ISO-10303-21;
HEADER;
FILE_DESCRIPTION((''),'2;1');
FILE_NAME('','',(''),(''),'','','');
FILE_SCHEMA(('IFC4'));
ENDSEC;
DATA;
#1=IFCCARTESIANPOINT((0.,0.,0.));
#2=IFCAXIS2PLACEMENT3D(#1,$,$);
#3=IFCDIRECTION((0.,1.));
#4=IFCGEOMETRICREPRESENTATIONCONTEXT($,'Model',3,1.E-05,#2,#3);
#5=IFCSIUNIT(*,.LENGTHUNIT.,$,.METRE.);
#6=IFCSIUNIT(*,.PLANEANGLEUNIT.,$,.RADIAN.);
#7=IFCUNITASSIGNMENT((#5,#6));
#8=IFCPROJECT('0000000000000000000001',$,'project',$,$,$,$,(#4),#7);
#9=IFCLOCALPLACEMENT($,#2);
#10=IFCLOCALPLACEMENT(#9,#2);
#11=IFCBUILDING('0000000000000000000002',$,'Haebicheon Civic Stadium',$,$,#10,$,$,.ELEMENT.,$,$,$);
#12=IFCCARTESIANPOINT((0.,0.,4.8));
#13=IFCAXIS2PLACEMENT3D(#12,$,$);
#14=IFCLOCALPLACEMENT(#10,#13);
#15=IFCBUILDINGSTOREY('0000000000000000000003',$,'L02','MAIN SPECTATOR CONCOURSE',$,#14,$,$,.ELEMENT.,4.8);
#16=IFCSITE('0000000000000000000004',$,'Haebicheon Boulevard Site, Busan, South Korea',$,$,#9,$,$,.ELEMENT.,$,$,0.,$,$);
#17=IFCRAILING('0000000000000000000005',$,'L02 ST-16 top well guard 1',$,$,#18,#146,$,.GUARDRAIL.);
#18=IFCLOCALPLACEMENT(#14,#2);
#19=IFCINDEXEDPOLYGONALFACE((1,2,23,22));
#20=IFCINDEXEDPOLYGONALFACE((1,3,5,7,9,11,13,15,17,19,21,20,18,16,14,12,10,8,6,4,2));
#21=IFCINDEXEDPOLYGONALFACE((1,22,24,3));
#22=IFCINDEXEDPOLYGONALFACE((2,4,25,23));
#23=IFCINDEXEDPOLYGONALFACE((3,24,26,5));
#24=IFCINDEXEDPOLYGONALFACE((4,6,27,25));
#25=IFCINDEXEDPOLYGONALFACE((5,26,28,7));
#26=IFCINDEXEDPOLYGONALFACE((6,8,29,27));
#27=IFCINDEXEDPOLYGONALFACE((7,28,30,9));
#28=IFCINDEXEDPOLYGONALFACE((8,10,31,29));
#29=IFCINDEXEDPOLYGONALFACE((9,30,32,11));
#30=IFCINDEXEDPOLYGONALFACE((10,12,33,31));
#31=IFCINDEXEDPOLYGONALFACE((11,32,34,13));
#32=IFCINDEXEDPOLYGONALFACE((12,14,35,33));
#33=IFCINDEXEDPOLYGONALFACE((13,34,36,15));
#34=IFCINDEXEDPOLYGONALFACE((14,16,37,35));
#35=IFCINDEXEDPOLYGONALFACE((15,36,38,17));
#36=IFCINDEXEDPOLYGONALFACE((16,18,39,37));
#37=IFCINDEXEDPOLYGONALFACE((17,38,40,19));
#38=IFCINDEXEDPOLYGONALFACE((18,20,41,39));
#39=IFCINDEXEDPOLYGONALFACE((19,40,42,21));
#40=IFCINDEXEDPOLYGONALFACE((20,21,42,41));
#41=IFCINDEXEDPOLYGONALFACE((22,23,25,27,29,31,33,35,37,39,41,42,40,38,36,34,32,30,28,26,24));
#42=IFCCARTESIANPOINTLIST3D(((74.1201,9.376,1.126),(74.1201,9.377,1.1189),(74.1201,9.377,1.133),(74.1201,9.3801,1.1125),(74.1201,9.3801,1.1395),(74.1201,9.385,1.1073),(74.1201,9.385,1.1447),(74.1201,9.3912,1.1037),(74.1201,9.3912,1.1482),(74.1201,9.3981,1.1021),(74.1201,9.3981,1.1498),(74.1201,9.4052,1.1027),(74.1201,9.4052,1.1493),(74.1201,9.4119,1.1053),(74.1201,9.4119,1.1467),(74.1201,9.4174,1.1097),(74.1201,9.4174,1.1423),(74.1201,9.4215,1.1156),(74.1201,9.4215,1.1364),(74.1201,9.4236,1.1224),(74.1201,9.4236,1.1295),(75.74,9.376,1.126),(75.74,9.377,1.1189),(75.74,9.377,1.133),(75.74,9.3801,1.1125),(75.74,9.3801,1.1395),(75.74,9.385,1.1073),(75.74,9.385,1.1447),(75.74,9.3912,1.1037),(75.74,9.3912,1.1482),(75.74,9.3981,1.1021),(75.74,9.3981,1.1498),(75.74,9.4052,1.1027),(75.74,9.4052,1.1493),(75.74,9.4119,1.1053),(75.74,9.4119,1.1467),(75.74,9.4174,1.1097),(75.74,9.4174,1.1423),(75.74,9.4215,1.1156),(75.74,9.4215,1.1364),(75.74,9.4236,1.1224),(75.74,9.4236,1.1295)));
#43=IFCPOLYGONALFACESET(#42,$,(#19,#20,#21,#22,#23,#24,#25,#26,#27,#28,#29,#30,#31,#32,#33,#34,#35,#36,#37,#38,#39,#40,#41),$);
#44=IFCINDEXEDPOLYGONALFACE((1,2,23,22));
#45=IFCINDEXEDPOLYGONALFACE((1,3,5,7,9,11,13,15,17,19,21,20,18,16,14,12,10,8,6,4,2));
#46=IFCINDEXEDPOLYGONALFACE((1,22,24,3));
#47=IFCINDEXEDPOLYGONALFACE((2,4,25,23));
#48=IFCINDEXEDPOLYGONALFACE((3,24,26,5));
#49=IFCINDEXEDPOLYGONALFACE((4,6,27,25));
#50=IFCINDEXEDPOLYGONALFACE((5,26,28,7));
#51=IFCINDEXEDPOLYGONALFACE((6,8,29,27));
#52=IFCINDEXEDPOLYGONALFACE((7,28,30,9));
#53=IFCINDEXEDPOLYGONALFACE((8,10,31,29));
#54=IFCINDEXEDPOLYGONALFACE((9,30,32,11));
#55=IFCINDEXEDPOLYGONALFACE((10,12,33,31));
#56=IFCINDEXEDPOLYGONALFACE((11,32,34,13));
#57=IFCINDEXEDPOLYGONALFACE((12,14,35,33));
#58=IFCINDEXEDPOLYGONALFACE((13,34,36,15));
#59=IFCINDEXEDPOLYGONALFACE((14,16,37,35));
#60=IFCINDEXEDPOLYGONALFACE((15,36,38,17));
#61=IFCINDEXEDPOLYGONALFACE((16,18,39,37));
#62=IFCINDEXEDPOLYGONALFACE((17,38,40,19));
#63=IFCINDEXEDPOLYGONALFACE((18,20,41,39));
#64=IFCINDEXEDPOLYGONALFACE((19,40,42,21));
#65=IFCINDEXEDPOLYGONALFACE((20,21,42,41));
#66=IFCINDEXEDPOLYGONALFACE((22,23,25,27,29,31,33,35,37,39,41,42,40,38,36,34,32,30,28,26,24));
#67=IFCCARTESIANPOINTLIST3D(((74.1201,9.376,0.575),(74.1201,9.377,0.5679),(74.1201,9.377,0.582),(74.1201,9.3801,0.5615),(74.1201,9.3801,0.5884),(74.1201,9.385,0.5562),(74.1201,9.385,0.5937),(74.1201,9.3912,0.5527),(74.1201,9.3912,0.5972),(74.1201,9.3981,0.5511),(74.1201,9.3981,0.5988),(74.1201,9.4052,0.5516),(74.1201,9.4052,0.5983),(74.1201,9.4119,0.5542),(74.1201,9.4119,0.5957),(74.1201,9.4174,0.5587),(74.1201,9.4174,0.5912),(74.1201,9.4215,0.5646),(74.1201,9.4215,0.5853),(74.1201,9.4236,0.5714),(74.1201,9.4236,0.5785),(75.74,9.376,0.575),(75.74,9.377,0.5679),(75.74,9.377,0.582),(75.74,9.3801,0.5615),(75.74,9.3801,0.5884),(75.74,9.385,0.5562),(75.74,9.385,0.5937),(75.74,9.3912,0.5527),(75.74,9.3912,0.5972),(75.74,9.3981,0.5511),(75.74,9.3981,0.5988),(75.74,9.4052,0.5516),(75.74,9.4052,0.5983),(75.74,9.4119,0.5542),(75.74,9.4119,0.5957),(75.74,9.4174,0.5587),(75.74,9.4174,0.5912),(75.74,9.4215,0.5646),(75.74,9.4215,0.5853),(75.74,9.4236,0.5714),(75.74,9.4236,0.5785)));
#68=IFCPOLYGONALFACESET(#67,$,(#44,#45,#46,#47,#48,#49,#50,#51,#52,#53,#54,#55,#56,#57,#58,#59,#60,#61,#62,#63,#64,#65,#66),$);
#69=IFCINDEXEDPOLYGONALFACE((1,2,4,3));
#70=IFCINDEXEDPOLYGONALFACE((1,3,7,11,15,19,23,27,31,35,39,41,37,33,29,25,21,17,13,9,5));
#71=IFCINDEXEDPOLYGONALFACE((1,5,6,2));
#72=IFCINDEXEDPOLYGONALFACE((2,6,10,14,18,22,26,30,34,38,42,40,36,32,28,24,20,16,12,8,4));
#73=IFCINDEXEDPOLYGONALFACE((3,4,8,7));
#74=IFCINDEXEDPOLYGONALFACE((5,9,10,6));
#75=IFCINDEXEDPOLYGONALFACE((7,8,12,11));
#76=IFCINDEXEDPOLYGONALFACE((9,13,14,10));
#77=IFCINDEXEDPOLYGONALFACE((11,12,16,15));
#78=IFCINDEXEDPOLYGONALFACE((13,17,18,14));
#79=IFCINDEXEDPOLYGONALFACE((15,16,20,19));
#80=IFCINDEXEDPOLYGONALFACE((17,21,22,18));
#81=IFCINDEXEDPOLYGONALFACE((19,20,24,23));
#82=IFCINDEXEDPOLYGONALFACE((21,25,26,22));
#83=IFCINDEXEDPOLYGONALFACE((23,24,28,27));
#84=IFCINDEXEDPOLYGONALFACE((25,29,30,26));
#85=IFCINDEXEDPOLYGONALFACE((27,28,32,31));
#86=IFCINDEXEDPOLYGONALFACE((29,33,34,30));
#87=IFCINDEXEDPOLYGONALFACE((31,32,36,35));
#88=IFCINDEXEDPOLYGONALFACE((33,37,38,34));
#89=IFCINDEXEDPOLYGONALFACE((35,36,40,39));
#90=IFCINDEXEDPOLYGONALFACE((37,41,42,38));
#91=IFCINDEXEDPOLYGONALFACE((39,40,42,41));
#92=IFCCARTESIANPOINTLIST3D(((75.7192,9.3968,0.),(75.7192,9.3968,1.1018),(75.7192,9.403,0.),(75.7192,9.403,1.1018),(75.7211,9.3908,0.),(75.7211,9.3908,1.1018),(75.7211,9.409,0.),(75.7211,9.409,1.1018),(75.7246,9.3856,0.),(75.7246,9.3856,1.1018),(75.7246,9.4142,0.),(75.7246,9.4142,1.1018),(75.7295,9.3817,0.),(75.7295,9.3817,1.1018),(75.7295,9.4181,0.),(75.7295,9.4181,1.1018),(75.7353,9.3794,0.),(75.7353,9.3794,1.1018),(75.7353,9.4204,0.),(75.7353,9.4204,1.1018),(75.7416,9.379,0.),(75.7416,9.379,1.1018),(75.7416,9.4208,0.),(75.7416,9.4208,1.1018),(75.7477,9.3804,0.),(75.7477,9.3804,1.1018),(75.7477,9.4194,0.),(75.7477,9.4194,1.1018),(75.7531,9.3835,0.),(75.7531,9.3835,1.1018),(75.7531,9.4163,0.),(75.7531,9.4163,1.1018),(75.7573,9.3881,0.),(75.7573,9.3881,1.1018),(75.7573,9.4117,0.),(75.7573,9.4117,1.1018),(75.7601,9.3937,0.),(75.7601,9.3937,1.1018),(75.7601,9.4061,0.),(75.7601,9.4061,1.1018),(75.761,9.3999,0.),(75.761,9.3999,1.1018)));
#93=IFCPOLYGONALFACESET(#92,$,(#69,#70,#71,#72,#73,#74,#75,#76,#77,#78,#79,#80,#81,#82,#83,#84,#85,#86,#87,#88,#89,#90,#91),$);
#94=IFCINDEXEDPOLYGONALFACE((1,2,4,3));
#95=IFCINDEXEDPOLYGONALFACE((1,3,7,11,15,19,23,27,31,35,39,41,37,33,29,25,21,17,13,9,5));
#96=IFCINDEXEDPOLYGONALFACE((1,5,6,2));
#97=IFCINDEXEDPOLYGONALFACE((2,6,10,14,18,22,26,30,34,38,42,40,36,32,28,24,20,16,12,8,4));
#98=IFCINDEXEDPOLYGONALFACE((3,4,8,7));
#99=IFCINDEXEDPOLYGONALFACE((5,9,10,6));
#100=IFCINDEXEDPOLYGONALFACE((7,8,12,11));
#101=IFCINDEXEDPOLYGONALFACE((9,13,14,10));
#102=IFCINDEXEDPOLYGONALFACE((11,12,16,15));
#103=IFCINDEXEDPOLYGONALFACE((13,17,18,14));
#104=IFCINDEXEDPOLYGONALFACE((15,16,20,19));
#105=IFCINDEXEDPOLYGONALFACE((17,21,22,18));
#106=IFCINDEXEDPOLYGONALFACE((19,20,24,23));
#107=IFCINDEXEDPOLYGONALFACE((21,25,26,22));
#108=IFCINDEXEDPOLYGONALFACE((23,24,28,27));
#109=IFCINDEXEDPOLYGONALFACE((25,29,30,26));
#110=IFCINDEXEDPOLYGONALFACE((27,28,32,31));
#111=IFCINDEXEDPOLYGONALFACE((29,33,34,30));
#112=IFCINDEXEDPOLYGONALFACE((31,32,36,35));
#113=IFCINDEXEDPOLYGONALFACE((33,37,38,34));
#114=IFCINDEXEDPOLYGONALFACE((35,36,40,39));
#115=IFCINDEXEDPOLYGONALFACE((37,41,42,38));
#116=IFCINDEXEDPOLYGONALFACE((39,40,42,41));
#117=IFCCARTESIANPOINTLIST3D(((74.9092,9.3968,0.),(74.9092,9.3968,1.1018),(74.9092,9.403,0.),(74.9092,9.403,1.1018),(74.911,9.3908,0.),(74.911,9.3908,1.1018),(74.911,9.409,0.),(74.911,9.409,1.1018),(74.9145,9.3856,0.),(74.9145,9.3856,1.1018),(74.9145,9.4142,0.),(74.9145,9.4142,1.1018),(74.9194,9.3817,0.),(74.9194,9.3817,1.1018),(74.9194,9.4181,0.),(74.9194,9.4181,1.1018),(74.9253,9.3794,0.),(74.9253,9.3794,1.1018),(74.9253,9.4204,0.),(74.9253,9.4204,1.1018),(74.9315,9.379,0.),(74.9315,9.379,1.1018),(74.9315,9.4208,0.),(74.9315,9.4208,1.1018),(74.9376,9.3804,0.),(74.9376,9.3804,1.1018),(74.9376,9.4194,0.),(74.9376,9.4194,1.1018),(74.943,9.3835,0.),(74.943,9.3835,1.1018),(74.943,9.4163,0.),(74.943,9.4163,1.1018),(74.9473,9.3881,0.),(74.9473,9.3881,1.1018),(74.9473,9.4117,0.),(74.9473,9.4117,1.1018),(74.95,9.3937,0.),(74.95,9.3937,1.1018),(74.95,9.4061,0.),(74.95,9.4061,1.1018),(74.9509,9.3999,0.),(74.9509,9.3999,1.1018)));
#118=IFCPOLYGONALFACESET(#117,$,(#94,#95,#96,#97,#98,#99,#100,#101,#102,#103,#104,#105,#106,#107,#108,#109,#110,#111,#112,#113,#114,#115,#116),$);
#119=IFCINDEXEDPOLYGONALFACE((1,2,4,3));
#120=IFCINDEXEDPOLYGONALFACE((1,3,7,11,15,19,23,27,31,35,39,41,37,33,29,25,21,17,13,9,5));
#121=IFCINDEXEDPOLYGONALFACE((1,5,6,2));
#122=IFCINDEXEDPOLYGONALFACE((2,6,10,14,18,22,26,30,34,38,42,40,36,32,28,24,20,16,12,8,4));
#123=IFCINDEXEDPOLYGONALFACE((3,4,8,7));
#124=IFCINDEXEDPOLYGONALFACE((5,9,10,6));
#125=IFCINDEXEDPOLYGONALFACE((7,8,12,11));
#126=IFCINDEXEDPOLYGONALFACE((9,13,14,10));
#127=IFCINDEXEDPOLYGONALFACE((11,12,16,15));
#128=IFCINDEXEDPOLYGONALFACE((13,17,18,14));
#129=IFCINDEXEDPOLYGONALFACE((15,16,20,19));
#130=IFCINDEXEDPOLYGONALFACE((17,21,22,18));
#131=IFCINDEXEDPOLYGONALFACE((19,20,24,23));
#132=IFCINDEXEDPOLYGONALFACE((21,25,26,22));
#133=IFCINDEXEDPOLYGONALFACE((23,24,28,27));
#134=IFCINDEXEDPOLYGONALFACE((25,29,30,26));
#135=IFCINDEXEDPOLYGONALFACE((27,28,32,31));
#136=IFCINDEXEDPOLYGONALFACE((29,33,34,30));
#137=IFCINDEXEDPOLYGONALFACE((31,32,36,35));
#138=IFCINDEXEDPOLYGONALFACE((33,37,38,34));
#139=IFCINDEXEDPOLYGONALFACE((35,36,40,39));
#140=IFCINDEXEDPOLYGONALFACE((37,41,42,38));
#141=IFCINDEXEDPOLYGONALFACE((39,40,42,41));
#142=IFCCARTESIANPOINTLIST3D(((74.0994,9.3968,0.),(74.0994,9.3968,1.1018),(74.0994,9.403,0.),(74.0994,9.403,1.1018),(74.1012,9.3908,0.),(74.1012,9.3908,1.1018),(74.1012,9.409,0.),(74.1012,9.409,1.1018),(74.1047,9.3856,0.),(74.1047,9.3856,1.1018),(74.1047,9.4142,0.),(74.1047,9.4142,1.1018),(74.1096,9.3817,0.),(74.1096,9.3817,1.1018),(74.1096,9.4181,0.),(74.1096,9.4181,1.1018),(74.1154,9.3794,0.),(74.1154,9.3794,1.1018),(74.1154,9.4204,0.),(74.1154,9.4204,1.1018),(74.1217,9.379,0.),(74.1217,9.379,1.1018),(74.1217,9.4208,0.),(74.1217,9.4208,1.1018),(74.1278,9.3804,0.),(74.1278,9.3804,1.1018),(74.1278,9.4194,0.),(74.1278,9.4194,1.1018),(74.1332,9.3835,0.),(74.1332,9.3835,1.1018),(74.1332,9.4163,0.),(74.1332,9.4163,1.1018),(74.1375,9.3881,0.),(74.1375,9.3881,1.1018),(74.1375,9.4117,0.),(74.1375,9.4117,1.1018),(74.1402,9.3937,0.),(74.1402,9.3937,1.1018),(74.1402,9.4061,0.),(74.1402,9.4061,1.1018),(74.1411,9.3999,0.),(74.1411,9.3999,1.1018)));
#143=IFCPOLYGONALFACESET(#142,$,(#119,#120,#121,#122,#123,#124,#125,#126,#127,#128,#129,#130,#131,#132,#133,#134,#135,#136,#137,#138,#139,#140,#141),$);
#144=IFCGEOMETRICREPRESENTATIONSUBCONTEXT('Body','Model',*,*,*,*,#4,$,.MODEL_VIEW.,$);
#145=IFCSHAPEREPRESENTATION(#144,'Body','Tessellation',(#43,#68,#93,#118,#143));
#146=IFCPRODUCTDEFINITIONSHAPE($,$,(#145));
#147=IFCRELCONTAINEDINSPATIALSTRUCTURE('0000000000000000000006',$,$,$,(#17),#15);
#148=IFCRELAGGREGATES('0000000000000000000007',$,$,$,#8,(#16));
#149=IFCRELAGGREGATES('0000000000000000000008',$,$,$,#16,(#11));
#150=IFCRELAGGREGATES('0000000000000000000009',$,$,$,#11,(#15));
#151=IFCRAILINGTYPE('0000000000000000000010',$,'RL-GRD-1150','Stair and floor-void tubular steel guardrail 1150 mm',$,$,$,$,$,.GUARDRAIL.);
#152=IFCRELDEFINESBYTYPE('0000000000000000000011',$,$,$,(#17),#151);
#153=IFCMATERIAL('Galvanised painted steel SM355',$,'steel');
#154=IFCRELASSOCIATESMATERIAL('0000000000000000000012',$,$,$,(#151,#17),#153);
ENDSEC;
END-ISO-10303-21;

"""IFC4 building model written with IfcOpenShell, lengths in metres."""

from ifc_helpers import new_model, si_unit, direction, frame, origin, origin_2d, place, context, subcontext, project, spatial, circle, extrude, material, type_object, element, save


model = new_model("IFC4")

# Units and contexts
model_context = context("Model", 3, precision=1e-05, world=origin(), true_north=direction((0.0, 1.0)))
body_context = subcontext(model_context, "Body", "Model", "MODEL_VIEW")
ifc_project = project(units=[si_unit("LENGTHUNIT", "METRE"), si_unit("PLANEANGLEUNIT", "RADIAN")], contexts=[model_context])

# Site, building, storey
site_placement = place(None, origin())
site = spatial("IfcSite", under=ifc_project, at=site_placement, Name="Haebicheon Boulevard Site, Busan, South Korea", CompositionType="ELEMENT", RefElevation=0.0)
building_placement = place(site_placement, origin())
building = spatial("IfcBuilding", under=site, at=building_placement, Name="Haebicheon Civic Stadium", CompositionType="ELEMENT")
storey_placement = place(building_placement, frame((0.0, 0.0, 4.8)))
storey = spatial("IfcBuildingStorey", under=building, at=storey_placement, Name="L02", Description="MAIN SPECTATOR CONCOURSE", CompositionType="ELEMENT", Elevation=4.8)

# Railing
ifc_material_1 = material(Name="Galvanised painted steel SM355", Category="steel")
railing_type = type_object("IfcRailingType", Name="RL-GRD-1150", Description="Stair and floor-void tubular steel guardrail 1150 mm", PredefinedType="GUARDRAIL", material=ifc_material_1)
railing_1_placement = place(storey_placement, frame((75.74, 9.3999, 0.0)))
element("IfcRailing", 1, at=railing_1_placement, inside=storey, type_object=railing_type, material=ifc_material_1, Name="L02 ST-16 top well guard 1", PredefinedType="GUARDRAIL", context=body_context, shape_type="SweptSolid", body=[
    extrude(circle(Radius=0.0239, at=origin_2d()), frame((0.0, 0.0, 1.126), z_axis=(-1.0, 0.0, 0.0), x_axis=(0.0, -1.0, 0.0)), (0.0, 0.0, 1.0), 1.6199),
    extrude(circle(Radius=0.0239, at=origin_2d()), frame((0.0, 0.0, 0.575), z_axis=(-1.0, 0.0, 0.0), x_axis=(0.0, -1.0, 0.0)), (0.0, 0.0, 1.0), 1.6199),
    extrude(circle(Radius=0.021, at=origin_2d()), origin(), (0.0, 0.0, 1.0), 1.1018),
    extrude(circle(Radius=0.021, at=origin_2d()), frame((-0.8101, 0.0, 0.0)), (0.0, 0.0, 1.0), 1.1018),
    extrude(circle(Radius=0.021, at=origin_2d()), frame((-1.6199, 0.0, 0.0)), (0.0, 0.0, 1.0), 1.1018),
])

save(model, "model.ifc")
